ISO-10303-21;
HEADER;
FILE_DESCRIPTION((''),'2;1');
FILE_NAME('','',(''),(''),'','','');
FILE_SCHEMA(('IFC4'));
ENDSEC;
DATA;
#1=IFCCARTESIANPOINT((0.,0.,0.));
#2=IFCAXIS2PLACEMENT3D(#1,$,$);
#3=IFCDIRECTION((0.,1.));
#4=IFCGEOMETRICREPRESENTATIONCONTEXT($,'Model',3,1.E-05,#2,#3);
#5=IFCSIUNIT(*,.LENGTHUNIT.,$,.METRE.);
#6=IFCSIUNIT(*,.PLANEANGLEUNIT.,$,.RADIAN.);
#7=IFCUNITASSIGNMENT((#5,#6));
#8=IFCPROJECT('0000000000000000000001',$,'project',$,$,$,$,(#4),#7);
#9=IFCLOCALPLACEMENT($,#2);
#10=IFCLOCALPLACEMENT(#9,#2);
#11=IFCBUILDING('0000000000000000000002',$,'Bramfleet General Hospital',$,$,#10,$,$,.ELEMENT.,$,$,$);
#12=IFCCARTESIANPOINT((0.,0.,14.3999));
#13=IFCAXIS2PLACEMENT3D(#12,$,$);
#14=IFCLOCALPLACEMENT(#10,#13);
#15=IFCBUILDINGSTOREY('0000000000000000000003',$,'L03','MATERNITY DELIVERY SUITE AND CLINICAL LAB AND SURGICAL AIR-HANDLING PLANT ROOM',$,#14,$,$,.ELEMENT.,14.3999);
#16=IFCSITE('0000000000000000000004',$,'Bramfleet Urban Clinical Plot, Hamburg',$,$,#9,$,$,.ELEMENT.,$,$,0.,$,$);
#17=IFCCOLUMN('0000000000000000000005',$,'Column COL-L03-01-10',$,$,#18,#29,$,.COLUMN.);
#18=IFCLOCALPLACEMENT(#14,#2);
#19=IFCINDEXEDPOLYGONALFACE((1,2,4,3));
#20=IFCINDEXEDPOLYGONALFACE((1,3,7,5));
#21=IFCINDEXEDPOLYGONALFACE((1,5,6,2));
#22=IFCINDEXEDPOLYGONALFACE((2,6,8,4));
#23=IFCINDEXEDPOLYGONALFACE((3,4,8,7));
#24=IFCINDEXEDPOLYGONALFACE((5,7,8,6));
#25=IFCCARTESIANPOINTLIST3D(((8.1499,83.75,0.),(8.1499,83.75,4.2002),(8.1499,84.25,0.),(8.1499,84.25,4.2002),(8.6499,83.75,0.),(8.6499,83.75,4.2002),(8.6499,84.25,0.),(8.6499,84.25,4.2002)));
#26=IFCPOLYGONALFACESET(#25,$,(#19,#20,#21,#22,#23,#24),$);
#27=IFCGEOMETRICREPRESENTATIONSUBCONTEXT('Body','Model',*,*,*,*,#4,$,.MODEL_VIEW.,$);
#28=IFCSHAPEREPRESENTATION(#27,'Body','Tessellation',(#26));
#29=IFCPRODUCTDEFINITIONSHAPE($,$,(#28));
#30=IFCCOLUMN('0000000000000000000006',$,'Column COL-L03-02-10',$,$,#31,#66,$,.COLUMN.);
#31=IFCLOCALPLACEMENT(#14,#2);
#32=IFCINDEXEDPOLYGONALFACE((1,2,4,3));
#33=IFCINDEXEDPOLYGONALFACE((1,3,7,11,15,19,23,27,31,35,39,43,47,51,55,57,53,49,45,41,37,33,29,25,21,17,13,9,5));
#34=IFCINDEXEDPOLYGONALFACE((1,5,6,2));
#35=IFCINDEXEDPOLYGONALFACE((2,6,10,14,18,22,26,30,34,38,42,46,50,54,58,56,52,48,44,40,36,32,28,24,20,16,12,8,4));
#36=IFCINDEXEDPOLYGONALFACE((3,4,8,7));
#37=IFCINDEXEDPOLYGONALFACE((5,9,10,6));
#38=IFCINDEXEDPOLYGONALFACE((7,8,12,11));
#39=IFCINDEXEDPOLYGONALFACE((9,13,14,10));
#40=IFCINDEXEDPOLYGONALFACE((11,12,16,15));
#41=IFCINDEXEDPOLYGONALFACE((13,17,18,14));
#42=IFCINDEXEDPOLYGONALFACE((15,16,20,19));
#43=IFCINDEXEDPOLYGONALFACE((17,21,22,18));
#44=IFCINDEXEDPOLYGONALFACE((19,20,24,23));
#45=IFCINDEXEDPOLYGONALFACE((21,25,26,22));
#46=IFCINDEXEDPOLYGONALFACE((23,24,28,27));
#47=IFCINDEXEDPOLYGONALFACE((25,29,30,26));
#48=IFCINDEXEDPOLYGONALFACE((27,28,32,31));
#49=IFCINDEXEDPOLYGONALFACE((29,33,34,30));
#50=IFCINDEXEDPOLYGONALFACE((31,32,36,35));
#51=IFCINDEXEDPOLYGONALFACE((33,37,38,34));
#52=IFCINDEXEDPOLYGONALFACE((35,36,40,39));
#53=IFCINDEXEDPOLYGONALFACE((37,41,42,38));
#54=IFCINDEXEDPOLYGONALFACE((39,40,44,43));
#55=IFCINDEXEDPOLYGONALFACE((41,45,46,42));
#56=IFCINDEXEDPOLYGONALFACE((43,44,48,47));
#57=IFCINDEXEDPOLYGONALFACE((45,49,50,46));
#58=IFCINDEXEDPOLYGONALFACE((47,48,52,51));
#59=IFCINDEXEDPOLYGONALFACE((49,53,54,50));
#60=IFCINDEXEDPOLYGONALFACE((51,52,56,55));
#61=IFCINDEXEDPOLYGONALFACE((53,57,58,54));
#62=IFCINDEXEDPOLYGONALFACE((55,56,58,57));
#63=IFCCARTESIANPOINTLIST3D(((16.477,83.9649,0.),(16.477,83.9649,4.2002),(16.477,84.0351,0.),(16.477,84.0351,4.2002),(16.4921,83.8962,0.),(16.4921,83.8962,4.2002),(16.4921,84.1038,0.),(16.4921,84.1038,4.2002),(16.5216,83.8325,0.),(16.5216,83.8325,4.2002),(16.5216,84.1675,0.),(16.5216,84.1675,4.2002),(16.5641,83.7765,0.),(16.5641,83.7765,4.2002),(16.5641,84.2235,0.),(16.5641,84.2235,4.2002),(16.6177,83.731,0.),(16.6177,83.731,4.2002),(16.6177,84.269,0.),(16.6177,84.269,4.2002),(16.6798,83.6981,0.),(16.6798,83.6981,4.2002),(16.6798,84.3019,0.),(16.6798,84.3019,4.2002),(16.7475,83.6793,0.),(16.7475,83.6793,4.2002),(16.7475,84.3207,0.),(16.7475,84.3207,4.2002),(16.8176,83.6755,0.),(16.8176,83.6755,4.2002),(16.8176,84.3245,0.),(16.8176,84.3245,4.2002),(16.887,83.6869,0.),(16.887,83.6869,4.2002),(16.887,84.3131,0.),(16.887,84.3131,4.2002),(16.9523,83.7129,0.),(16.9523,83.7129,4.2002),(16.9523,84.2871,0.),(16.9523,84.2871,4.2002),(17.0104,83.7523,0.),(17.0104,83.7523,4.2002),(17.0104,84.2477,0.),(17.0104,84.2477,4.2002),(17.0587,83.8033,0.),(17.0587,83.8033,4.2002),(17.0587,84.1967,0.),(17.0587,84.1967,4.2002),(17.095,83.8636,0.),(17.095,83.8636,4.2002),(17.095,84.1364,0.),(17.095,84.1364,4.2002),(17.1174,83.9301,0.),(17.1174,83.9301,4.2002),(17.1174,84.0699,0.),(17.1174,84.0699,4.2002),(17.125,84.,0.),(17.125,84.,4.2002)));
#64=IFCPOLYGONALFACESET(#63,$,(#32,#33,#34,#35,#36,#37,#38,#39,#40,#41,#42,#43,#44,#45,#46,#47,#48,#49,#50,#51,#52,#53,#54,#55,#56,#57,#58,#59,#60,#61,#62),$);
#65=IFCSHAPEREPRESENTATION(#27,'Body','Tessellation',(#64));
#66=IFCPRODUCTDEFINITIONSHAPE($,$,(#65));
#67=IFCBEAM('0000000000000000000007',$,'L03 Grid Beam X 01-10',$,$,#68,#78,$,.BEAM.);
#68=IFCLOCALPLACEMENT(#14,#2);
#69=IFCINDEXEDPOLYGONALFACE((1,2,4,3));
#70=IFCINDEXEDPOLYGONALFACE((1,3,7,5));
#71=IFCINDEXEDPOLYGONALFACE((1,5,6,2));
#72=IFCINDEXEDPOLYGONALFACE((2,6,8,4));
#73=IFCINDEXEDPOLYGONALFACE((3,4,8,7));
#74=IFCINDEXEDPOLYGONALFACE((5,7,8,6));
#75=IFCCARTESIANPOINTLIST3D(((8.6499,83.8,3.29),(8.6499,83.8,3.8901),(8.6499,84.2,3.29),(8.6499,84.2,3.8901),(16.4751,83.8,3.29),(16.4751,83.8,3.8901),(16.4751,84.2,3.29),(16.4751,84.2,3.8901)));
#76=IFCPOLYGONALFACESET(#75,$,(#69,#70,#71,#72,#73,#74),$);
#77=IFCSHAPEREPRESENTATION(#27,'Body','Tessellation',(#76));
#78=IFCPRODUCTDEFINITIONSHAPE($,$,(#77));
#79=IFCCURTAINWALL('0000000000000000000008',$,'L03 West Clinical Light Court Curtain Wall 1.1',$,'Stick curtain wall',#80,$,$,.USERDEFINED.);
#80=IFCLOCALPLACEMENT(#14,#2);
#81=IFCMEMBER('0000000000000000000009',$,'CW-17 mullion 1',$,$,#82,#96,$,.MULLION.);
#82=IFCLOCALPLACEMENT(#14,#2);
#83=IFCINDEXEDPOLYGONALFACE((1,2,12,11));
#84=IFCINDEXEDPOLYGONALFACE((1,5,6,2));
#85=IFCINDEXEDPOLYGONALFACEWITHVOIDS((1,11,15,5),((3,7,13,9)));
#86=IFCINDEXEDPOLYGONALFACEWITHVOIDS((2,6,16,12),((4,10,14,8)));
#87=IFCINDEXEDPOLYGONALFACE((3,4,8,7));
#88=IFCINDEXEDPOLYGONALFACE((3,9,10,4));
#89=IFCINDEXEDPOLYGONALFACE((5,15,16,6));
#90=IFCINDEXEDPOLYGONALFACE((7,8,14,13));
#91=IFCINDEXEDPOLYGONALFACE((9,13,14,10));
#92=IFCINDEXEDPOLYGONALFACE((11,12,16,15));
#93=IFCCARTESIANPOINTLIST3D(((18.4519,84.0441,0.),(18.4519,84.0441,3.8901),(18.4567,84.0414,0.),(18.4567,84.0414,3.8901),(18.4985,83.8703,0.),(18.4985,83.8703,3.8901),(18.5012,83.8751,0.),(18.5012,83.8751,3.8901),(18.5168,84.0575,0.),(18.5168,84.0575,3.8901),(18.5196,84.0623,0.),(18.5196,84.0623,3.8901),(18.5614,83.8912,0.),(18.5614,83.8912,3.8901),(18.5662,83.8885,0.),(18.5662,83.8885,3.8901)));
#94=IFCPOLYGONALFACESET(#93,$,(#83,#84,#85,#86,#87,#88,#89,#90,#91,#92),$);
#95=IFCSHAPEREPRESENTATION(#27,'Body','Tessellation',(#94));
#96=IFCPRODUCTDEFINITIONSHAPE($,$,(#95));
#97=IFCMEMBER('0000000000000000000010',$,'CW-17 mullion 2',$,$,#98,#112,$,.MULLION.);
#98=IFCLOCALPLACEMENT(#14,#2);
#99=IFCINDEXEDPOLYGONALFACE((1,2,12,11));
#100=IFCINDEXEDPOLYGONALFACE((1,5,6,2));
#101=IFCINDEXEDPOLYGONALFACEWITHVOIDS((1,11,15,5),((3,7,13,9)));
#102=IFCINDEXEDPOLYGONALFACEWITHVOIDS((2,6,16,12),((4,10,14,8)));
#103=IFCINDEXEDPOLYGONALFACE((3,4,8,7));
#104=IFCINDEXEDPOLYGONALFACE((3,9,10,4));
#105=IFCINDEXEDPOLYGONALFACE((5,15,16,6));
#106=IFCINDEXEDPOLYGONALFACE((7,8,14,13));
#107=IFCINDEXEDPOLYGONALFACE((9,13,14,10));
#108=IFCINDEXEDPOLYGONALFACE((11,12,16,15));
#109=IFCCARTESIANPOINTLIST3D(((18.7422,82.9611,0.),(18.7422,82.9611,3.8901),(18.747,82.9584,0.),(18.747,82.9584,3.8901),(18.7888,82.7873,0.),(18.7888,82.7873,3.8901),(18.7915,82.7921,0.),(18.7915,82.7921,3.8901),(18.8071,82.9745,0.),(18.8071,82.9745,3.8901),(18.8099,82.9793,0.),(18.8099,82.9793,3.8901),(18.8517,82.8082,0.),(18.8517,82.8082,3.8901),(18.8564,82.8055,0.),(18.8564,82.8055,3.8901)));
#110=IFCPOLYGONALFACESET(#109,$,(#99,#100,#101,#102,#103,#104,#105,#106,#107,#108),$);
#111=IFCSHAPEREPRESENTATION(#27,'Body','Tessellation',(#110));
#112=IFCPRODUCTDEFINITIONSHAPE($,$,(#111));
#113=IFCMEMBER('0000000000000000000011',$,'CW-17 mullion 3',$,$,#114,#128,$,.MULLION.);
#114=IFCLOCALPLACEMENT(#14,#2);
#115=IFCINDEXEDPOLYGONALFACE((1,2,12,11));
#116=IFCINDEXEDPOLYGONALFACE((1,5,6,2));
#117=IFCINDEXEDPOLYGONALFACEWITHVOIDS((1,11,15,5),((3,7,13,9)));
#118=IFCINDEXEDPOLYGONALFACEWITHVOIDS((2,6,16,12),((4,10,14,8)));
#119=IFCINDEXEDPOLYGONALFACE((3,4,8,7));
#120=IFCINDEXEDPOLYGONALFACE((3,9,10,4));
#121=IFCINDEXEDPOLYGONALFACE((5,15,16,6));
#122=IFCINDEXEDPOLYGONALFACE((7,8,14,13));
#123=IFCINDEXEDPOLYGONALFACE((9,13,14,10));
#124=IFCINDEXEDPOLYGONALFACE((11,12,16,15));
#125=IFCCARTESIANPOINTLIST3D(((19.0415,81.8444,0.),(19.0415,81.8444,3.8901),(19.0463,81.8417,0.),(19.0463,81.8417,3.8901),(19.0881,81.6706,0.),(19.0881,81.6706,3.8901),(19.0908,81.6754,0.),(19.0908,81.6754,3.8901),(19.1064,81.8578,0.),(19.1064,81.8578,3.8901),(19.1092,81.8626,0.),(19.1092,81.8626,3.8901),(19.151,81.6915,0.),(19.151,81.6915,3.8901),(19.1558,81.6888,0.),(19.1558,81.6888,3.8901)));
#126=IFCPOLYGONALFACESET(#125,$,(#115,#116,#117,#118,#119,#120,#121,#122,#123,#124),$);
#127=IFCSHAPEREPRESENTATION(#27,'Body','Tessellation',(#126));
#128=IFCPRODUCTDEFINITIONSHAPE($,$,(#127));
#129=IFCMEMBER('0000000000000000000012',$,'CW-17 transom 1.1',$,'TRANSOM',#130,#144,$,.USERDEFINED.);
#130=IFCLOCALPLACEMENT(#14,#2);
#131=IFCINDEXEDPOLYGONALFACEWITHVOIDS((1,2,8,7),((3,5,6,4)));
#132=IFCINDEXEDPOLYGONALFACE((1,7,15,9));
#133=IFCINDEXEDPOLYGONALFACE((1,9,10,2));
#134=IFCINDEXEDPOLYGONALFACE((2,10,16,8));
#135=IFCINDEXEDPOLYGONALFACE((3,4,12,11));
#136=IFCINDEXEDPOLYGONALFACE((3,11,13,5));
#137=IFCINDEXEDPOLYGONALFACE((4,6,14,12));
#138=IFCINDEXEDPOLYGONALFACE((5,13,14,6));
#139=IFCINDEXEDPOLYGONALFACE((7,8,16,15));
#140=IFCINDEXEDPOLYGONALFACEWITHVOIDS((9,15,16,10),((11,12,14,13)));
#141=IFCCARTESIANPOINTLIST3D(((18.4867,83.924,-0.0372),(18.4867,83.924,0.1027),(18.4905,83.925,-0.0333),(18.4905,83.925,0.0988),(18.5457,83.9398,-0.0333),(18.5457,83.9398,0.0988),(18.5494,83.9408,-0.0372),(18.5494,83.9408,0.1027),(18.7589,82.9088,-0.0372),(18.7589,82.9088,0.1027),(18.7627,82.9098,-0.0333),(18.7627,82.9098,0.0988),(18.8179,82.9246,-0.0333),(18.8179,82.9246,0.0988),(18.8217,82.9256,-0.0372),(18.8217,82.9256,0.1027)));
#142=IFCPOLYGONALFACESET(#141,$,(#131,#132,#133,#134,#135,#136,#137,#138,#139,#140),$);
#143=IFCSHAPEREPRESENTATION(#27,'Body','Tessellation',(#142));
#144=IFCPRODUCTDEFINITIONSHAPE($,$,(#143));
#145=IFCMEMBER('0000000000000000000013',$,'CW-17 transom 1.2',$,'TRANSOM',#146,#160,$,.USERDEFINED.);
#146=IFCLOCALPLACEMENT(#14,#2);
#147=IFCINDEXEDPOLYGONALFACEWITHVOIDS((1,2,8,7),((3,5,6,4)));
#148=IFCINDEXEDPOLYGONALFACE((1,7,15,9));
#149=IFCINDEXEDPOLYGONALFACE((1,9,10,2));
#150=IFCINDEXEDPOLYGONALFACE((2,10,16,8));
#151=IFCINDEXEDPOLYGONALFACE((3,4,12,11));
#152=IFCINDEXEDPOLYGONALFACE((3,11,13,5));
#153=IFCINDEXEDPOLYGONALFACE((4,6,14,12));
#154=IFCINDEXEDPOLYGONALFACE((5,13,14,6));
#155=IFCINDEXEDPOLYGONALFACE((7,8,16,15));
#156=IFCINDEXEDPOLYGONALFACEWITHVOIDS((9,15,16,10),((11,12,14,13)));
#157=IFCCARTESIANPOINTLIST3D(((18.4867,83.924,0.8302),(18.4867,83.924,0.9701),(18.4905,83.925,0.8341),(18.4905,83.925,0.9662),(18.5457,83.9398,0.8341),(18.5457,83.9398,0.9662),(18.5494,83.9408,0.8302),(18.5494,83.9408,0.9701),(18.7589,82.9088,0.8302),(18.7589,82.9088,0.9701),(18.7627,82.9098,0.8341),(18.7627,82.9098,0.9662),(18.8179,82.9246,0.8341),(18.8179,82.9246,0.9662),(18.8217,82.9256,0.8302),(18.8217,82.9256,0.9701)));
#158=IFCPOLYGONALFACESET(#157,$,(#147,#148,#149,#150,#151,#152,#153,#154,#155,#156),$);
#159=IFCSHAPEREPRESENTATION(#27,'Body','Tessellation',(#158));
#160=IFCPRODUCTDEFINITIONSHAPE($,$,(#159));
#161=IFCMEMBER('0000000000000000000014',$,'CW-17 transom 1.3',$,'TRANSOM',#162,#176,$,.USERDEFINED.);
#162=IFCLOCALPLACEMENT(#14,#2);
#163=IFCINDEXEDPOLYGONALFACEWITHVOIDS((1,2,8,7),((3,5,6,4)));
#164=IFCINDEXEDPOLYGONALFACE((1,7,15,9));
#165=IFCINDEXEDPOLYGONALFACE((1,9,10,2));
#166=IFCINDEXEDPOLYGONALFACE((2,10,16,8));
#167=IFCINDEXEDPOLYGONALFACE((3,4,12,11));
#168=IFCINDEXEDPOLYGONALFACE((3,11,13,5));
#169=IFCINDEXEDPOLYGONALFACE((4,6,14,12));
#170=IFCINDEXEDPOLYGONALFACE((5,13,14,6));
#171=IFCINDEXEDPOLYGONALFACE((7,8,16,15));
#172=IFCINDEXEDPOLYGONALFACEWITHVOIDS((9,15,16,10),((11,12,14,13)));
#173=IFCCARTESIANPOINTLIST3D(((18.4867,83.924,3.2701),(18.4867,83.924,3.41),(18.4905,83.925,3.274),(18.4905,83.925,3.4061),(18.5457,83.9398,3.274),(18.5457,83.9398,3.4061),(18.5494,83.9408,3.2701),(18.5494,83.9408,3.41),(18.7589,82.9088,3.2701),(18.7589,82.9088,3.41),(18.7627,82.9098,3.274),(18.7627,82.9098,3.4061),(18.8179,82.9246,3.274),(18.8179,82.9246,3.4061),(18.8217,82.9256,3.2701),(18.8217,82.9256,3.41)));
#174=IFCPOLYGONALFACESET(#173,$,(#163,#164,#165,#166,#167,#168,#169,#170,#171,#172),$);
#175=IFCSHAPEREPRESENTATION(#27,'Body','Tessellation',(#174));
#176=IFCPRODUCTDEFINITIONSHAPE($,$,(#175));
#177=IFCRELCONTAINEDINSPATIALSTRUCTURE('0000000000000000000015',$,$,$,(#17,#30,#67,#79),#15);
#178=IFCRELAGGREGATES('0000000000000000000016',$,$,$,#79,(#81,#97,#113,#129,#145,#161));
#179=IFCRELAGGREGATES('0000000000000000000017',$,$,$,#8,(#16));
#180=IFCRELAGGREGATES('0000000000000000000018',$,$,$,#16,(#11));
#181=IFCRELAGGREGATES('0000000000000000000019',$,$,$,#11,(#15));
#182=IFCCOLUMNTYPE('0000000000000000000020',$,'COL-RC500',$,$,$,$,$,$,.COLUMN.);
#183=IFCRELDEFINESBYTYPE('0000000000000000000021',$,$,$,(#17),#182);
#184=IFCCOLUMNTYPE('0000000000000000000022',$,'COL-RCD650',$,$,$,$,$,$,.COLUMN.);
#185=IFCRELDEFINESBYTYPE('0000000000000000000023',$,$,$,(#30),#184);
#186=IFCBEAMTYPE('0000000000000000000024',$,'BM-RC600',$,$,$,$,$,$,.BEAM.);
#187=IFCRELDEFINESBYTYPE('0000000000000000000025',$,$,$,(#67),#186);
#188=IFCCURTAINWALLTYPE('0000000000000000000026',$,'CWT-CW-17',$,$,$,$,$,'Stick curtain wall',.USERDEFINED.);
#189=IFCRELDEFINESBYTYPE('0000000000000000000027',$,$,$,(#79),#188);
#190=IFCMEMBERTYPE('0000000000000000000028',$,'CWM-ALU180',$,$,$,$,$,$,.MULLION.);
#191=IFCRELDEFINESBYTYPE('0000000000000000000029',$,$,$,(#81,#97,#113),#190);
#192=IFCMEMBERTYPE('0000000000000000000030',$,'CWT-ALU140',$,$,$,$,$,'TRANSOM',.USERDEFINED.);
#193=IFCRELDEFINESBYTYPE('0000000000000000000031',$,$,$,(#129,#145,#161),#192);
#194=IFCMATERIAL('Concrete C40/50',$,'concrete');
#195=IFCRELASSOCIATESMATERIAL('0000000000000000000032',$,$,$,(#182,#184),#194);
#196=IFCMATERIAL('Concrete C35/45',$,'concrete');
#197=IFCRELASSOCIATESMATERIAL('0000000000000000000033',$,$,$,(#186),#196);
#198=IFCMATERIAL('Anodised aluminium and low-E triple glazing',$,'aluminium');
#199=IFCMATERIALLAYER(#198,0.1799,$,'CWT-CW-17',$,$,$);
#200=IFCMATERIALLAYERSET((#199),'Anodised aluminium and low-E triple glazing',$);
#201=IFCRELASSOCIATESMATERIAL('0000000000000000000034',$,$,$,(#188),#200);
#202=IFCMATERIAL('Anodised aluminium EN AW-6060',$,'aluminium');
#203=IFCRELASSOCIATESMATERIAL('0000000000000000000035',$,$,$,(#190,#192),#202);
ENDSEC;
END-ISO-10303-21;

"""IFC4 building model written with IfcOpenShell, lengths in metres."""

from ifc_helpers import new_model, si_unit, direction, frame, origin, origin_2d, place, context, subcontext, project, spatial, rectangle, hollow_rectangle, circle, extrude, material, layer, layer_set, material_profile, profile_set, type_object, element, aggregate, save


model = new_model("IFC4")

# Units and contexts
model_context = context("Model", 3, precision=1e-05, world=origin(), true_north=direction((0.0, 1.0)))
body_context = subcontext(model_context, "Body", "Model", "MODEL_VIEW")
ifc_project = project(units=[si_unit("LENGTHUNIT", "METRE"), si_unit("PLANEANGLEUNIT", "RADIAN")], contexts=[model_context])

# Site, building, storey
site_placement = place(None, origin())
site = spatial("IfcSite", under=ifc_project, at=site_placement, Name="Bramfleet Urban Clinical Plot, Hamburg", CompositionType="ELEMENT", RefElevation=0.0)
building_placement = place(site_placement, origin())
building = spatial("IfcBuilding", under=site, at=building_placement, Name="Bramfleet General Hospital", CompositionType="ELEMENT")
storey_placement = place(building_placement, frame((0.0, 0.0, 14.3999)))
storey = spatial("IfcBuildingStorey", under=building, at=storey_placement, Name="L03", Description="MATERNITY DELIVERY SUITE AND CLINICAL LAB AND SURGICAL AIR-HANDLING PLANT ROOM", CompositionType="ELEMENT", Elevation=14.3999)

# Columns
ifc_material_1 = material(Name="Concrete C40/50", Category="concrete")
ifc_material_profile_1 = material_profile(ifc_material_1, rectangle(XDim=0.5, YDim=0.5, at=origin_2d()), Name="RC COL 500x500")
ifc_profile_set_1 = profile_set([ifc_material_profile_1], Name="Concrete C40/50")
column_type_1 = type_object("IfcColumnType", Name="COL-RC500", PredefinedType="COLUMN", material=ifc_profile_set_1)
column_1_placement = place(storey_placement, frame((8.3999, 84.0, 0.0), z_axis=(0.0, 0.0, 1.0), x_axis=(1.0, 0.0, 0.0)))
element("IfcColumn", 1, at=column_1_placement, inside=storey, type_object=column_type_1, Name="Column COL-L03-01-10", PredefinedType="COLUMN", context=body_context, shape_type="SweptSolid", body=[
    extrude(rectangle(XDim=0.5, YDim=0.5, at=origin_2d()), origin(), (0.0, 0.0, 1.0), 4.2002),
])
ifc_material_profile_2 = material_profile(ifc_material_1, circle(Radius=0.325, at=origin_2d()), Name="RC ROUND D650")
ifc_profile_set_2 = profile_set([ifc_material_profile_2], Name="Concrete C40/50")
column_type_2 = type_object("IfcColumnType", Name="COL-RCD650", PredefinedType="COLUMN", material=ifc_profile_set_2)
column_2_placement = place(storey_placement, frame((16.8, 84.0, 0.0), z_axis=(0.0, 0.0, 1.0), x_axis=(1.0, 0.0, 0.0)))
element("IfcColumn", 2, at=column_2_placement, inside=storey, type_object=column_type_2, Name="Column COL-L03-02-10", PredefinedType="COLUMN", context=body_context, shape_type="SweptSolid", body=[
    extrude(circle(Radius=0.325, at=origin_2d()), origin(), (0.0, 0.0, 1.0), 4.2002),
])

# Beam
ifc_material_2 = material(Name="Concrete C35/45", Category="concrete")
ifc_material_profile_3 = material_profile(ifc_material_2, rectangle(XDim=0.3999, YDim=0.6001, at=origin_2d()), Name="RC BM 600x400")
ifc_profile_set_3 = profile_set([ifc_material_profile_3], Name="Concrete C35/45")
beam_type = type_object("IfcBeamType", Name="BM-RC600", PredefinedType="BEAM", material=ifc_profile_set_3)
beam_placement = place(storey_placement, frame((8.6499, 84.0, 3.5901), z_axis=(1.0, 0.0, 0.0), x_axis=(0.0, 1.0, 0.0)))
element("IfcBeam", 3, at=beam_placement, inside=storey, type_object=beam_type, Name="L03 Grid Beam X 01-10", PredefinedType="BEAM", context=body_context, shape_type="SweptSolid", body=[
    extrude(rectangle(XDim=0.3999, YDim=0.6001, at=origin_2d()), origin(), (0.0, 0.0, 1.0), 7.8252),
])

# Curtain wall, members
ifc_material_3 = material(Name="Anodised aluminium and low-E triple glazing", Category="aluminium")
ifc_layer_1 = layer(ifc_material_3, 0.1799, Name="CWT-CW-17")
ifc_layer_set_1 = layer_set([ifc_layer_1], Name="Anodised aluminium and low-E triple glazing")
curtain_wall_type = type_object("IfcCurtainWallType", Name="CWT-CW-17", ElementType="Stick curtain wall", PredefinedType="USERDEFINED", material=ifc_layer_set_1)
curtain_wall_placement = place(storey_placement, origin())
curtain_wall = element("IfcCurtainWall", 4, at=curtain_wall_placement, inside=storey, type_object=curtain_wall_type, Name="L03 West Clinical Light Court Curtain Wall 1.1", ObjectType="Stick curtain wall", PredefinedType="USERDEFINED")
ifc_material_4 = material(Name="Anodised aluminium EN AW-6060", Category="aluminium")
ifc_material_profile_4 = material_profile(ifc_material_4, hollow_rectangle(XDim=0.0701, YDim=0.1799, WallThickness=0.0039, at=origin_2d()), Name="ALU 180x70x4.0")
ifc_profile_set_4 = profile_set([ifc_material_profile_4], Name="Anodised aluminium EN AW-6060")
member_type_1 = type_object("IfcMemberType", Name="CWM-ALU180", PredefinedType="MULLION", material=ifc_profile_set_4)
member_1_placement = place(storey_placement, frame((18.509, 83.9663, 0.0), z_axis=(0.0, 0.0, 1.0), x_axis=(0.965899, 0.258919, 0.0)))
member_1 = element("IfcMember", 5, at=member_1_placement, type_object=member_type_1, Name="CW-17 mullion 1", PredefinedType="MULLION", context=body_context, shape_type="SweptSolid", body=[
    extrude(hollow_rectangle(XDim=0.0701, YDim=0.1799, WallThickness=0.0039, at=origin_2d()), origin(), (0.0, 0.0, 1.0), 3.8901),
])
member_2_placement = place(storey_placement, frame((18.7993, 82.8833, 0.0), z_axis=(0.0, 0.0, 1.0), x_axis=(0.965899, 0.258919, 0.0)))
member_2 = element("IfcMember", 6, at=member_2_placement, type_object=member_type_1, Name="CW-17 mullion 2", PredefinedType="MULLION", context=body_context, shape_type="SweptSolid", body=[
    extrude(hollow_rectangle(XDim=0.0701, YDim=0.1799, WallThickness=0.0039, at=origin_2d()), origin(), (0.0, 0.0, 1.0), 3.8901),
])
member_3_placement = place(storey_placement, frame((19.0986, 81.7666, 0.0), z_axis=(0.0, 0.0, 1.0), x_axis=(0.965899, 0.258919, 0.0)))
member_3 = element("IfcMember", 7, at=member_3_placement, type_object=member_type_1, Name="CW-17 mullion 3", PredefinedType="MULLION", context=body_context, shape_type="SweptSolid", body=[
    extrude(hollow_rectangle(XDim=0.0701, YDim=0.1799, WallThickness=0.0039, at=origin_2d()), origin(), (0.0, 0.0, 1.0), 3.8901),
])
ifc_material_profile_5 = material_profile(ifc_material_4, hollow_rectangle(XDim=0.0649, YDim=0.1399, WallThickness=0.0039, at=origin_2d()), Name="ALU 140x65x4.0")
ifc_profile_set_5 = profile_set([ifc_material_profile_5], Name="Anodised aluminium EN AW-6060")
member_type_2 = type_object("IfcMemberType", Name="CWT-ALU140", ElementType="TRANSOM", PredefinedType="USERDEFINED", material=ifc_profile_set_5)
member_4_placement = place(storey_placement, frame((18.5181, 83.9324, 0.0327), z_axis=(0.259007, -0.965875, 0.0), x_axis=(0.965875, 0.259007, 0.0)))
member_4 = element("IfcMember", 8, at=member_4_placement, type_object=member_type_2, Name="CW-17 transom 1.1", ObjectType="TRANSOM", PredefinedType="USERDEFINED", context=body_context, shape_type="SweptSolid", body=[
    extrude(hollow_rectangle(XDim=0.0649, YDim=0.1399, WallThickness=0.0039, at=origin_2d()), origin(), (0.0, 0.0, 1.0), 1.051),
])
member_5_placement = place(storey_placement, frame((18.5181, 83.9324, 0.9001), z_axis=(0.259007, -0.965875, 0.0), x_axis=(0.965875, 0.259007, 0.0)))
member_5 = element("IfcMember", 9, at=member_5_placement, type_object=member_type_2, Name="CW-17 transom 1.2", ObjectType="TRANSOM", PredefinedType="USERDEFINED", context=body_context, shape_type="SweptSolid", body=[
    extrude(hollow_rectangle(XDim=0.0649, YDim=0.1399, WallThickness=0.0039, at=origin_2d()), origin(), (0.0, 0.0, 1.0), 1.051),
])
member_6_placement = place(storey_placement, frame((18.5181, 83.9324, 3.3401), z_axis=(0.259007, -0.965875, 0.0), x_axis=(0.965875, 0.259007, 0.0)))
member_6 = element("IfcMember", 10, at=member_6_placement, type_object=member_type_2, Name="CW-17 transom 1.3", ObjectType="TRANSOM", PredefinedType="USERDEFINED", context=body_context, shape_type="SweptSolid", body=[
    extrude(hollow_rectangle(XDim=0.0649, YDim=0.1399, WallThickness=0.0039, at=origin_2d()), origin(), (0.0, 0.0, 1.0), 1.051),
])
aggregate(curtain_wall, [member_1, member_2, member_3, member_4, member_5, member_6])

save(model, "model.ifc")
